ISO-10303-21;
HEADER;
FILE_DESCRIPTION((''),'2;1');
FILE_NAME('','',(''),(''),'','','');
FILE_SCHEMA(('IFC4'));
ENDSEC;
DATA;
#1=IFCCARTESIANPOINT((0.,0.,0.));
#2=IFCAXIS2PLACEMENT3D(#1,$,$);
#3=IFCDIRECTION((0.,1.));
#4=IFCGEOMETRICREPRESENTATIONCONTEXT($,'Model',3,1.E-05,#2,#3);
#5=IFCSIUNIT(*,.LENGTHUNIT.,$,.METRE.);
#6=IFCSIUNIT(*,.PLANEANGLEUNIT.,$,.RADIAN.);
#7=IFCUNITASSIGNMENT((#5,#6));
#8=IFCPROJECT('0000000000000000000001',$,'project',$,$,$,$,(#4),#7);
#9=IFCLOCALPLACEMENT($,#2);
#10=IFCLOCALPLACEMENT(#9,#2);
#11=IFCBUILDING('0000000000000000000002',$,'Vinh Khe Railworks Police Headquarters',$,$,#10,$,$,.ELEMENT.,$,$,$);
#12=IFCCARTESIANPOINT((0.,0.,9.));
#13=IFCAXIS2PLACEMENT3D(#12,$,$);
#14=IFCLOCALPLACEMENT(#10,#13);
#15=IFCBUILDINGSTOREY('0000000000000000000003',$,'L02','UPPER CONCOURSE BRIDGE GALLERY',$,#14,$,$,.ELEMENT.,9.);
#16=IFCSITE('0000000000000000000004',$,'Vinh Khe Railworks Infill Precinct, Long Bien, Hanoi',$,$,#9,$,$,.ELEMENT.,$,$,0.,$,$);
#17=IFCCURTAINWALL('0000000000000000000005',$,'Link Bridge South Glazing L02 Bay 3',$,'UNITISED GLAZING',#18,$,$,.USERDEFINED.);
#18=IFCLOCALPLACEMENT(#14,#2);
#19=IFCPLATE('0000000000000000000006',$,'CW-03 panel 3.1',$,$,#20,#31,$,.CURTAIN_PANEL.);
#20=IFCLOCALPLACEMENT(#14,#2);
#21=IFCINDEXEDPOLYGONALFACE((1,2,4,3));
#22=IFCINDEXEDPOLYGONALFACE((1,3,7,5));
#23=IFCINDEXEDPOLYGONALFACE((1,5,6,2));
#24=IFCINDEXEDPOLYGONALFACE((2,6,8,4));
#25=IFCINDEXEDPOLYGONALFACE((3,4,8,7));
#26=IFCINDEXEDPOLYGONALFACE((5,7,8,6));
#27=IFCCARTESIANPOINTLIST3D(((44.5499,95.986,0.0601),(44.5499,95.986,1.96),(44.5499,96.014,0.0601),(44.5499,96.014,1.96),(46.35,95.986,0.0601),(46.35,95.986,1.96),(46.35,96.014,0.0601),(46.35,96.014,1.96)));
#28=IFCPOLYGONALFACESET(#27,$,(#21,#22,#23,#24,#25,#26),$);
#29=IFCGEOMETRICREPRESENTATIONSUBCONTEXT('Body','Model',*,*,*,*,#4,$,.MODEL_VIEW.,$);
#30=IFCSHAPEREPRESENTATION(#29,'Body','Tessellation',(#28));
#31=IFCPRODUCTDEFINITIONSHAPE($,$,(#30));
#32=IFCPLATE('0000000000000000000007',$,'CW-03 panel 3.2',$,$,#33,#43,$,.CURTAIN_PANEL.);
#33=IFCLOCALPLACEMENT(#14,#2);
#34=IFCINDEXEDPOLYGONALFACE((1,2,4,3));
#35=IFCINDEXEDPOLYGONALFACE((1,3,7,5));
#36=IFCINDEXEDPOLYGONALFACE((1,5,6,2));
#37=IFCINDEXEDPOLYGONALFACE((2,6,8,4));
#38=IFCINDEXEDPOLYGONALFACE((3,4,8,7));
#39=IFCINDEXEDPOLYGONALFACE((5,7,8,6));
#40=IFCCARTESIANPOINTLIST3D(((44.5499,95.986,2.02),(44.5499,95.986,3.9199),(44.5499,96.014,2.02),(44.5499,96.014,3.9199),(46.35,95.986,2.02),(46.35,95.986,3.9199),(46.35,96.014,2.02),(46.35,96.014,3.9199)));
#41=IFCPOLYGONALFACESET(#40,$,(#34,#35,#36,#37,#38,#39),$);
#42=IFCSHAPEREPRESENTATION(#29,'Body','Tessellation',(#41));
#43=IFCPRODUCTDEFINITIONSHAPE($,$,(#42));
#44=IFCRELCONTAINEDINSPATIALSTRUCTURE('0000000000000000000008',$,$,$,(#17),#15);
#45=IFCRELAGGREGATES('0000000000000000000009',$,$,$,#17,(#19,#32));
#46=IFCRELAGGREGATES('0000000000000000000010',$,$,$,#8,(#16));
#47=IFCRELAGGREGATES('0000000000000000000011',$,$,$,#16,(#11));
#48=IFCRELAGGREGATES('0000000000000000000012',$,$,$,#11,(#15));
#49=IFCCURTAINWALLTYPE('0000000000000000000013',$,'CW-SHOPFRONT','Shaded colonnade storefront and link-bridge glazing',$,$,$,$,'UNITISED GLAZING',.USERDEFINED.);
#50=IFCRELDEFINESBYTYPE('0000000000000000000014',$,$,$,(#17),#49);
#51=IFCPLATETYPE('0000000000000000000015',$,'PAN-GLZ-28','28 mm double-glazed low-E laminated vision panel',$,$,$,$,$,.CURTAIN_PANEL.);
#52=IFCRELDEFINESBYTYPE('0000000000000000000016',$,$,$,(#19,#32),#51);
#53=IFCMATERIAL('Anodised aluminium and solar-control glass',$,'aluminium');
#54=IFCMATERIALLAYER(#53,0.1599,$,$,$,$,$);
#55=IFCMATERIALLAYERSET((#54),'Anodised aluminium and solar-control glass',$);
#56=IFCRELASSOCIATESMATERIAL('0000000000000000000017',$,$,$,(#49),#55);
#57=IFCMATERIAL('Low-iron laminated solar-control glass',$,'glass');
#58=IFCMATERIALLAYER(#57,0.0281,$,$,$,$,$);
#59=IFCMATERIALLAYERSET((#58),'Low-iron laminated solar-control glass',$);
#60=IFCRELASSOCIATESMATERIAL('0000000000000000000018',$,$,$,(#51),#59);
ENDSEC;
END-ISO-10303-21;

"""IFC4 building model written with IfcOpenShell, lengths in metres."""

from ifc_helpers import new_model, si_unit, direction, frame, origin, origin_2d, place, context, subcontext, project, spatial, rectangle, extrude, material, layer, layer_set, type_object, element, aggregate, save


model = new_model("IFC4")

# Units and contexts
model_context = context("Model", 3, precision=1e-05, world=origin(), true_north=direction((0.0, 1.0)))
body_context = subcontext(model_context, "Body", "Model", "MODEL_VIEW")
ifc_project = project(units=[si_unit("LENGTHUNIT", "METRE"), si_unit("PLANEANGLEUNIT", "RADIAN")], contexts=[model_context])

# Site, building, storey
site_placement = place(None, origin())
site = spatial("IfcSite", under=ifc_project, at=site_placement, Name="Vinh Khe Railworks Infill Precinct, Long Bien, Hanoi", CompositionType="ELEMENT", RefElevation=0.0)
building_placement = place(site_placement, origin())
building = spatial("IfcBuilding", under=site, at=building_placement, Name="Vinh Khe Railworks Police Headquarters", CompositionType="ELEMENT")
storey_placement = place(building_placement, frame((0.0, 0.0, 9.0)))
storey = spatial("IfcBuildingStorey", under=building, at=storey_placement, Name="L02", Description="UPPER CONCOURSE BRIDGE GALLERY", CompositionType="ELEMENT", Elevation=9.0)

# Shared definitions
ifc_material_1 = material(Name="Anodised aluminium and solar-control glass", Category="aluminium")
ifc_layer_1 = layer(ifc_material_1, 0.1599)
ifc_layer_set_1 = layer_set([ifc_layer_1], Name="Anodised aluminium and solar-control glass")
curtain_wall_type = type_object("IfcCurtainWallType", Name="CW-SHOPFRONT", Description="Shaded colonnade storefront and link-bridge glazing", ElementType="UNITISED GLAZING", PredefinedType="USERDEFINED", material=ifc_layer_set_1)

# Curtain wall
curtain_wall_1_placement = place(storey_placement, origin())
curtain_wall_1 = element("IfcCurtainWall", 1, at=curtain_wall_1_placement, inside=storey, type_object=curtain_wall_type, Name="Link Bridge South Glazing L02 Bay 3", ObjectType="UNITISED GLAZING", PredefinedType="USERDEFINED")

# Plates
ifc_material_2 = material(Name="Low-iron laminated solar-control glass", Category="glass")
ifc_layer_2 = layer(ifc_material_2, 0.0281)
ifc_layer_set_2 = layer_set([ifc_layer_2], Name="Low-iron laminated solar-control glass")
plate_type = type_object("IfcPlateType", Name="PAN-GLZ-28", Description="28 mm double-glazed low-E laminated vision panel", PredefinedType="CURTAIN_PANEL", material=ifc_layer_set_2)
plate_1_placement = place(storey_placement, frame((45.45, 96.0, 0.0601), z_axis=(0.0, 0.0, 1.0), x_axis=(1.0, 0.0, 0.0)))
plate_1 = element("IfcPlate", 2, at=plate_1_placement, type_object=plate_type, Name="CW-03 panel 3.1", PredefinedType="CURTAIN_PANEL", context=body_context, shape_type="SweptSolid", body=[
    extrude(rectangle(XDim=1.8, YDim=0.0281, at=origin_2d()), origin(), (0.0, 0.0, 1.0), 1.8999),
])
plate_2_placement = place(storey_placement, frame((45.45, 96.0, 2.02), z_axis=(0.0, 0.0, 1.0), x_axis=(1.0, 0.0, 0.0)))
plate_2 = element("IfcPlate", 3, at=plate_2_placement, type_object=plate_type, Name="CW-03 panel 3.2", PredefinedType="CURTAIN_PANEL", context=body_context, shape_type="SweptSolid", body=[
    extrude(rectangle(XDim=1.8, YDim=0.0281, at=origin_2d()), origin(), (0.0, 0.0, 1.0), 1.8999),
])
aggregate(curtain_wall_1, [plate_1, plate_2])

save(model, "model.ifc")
